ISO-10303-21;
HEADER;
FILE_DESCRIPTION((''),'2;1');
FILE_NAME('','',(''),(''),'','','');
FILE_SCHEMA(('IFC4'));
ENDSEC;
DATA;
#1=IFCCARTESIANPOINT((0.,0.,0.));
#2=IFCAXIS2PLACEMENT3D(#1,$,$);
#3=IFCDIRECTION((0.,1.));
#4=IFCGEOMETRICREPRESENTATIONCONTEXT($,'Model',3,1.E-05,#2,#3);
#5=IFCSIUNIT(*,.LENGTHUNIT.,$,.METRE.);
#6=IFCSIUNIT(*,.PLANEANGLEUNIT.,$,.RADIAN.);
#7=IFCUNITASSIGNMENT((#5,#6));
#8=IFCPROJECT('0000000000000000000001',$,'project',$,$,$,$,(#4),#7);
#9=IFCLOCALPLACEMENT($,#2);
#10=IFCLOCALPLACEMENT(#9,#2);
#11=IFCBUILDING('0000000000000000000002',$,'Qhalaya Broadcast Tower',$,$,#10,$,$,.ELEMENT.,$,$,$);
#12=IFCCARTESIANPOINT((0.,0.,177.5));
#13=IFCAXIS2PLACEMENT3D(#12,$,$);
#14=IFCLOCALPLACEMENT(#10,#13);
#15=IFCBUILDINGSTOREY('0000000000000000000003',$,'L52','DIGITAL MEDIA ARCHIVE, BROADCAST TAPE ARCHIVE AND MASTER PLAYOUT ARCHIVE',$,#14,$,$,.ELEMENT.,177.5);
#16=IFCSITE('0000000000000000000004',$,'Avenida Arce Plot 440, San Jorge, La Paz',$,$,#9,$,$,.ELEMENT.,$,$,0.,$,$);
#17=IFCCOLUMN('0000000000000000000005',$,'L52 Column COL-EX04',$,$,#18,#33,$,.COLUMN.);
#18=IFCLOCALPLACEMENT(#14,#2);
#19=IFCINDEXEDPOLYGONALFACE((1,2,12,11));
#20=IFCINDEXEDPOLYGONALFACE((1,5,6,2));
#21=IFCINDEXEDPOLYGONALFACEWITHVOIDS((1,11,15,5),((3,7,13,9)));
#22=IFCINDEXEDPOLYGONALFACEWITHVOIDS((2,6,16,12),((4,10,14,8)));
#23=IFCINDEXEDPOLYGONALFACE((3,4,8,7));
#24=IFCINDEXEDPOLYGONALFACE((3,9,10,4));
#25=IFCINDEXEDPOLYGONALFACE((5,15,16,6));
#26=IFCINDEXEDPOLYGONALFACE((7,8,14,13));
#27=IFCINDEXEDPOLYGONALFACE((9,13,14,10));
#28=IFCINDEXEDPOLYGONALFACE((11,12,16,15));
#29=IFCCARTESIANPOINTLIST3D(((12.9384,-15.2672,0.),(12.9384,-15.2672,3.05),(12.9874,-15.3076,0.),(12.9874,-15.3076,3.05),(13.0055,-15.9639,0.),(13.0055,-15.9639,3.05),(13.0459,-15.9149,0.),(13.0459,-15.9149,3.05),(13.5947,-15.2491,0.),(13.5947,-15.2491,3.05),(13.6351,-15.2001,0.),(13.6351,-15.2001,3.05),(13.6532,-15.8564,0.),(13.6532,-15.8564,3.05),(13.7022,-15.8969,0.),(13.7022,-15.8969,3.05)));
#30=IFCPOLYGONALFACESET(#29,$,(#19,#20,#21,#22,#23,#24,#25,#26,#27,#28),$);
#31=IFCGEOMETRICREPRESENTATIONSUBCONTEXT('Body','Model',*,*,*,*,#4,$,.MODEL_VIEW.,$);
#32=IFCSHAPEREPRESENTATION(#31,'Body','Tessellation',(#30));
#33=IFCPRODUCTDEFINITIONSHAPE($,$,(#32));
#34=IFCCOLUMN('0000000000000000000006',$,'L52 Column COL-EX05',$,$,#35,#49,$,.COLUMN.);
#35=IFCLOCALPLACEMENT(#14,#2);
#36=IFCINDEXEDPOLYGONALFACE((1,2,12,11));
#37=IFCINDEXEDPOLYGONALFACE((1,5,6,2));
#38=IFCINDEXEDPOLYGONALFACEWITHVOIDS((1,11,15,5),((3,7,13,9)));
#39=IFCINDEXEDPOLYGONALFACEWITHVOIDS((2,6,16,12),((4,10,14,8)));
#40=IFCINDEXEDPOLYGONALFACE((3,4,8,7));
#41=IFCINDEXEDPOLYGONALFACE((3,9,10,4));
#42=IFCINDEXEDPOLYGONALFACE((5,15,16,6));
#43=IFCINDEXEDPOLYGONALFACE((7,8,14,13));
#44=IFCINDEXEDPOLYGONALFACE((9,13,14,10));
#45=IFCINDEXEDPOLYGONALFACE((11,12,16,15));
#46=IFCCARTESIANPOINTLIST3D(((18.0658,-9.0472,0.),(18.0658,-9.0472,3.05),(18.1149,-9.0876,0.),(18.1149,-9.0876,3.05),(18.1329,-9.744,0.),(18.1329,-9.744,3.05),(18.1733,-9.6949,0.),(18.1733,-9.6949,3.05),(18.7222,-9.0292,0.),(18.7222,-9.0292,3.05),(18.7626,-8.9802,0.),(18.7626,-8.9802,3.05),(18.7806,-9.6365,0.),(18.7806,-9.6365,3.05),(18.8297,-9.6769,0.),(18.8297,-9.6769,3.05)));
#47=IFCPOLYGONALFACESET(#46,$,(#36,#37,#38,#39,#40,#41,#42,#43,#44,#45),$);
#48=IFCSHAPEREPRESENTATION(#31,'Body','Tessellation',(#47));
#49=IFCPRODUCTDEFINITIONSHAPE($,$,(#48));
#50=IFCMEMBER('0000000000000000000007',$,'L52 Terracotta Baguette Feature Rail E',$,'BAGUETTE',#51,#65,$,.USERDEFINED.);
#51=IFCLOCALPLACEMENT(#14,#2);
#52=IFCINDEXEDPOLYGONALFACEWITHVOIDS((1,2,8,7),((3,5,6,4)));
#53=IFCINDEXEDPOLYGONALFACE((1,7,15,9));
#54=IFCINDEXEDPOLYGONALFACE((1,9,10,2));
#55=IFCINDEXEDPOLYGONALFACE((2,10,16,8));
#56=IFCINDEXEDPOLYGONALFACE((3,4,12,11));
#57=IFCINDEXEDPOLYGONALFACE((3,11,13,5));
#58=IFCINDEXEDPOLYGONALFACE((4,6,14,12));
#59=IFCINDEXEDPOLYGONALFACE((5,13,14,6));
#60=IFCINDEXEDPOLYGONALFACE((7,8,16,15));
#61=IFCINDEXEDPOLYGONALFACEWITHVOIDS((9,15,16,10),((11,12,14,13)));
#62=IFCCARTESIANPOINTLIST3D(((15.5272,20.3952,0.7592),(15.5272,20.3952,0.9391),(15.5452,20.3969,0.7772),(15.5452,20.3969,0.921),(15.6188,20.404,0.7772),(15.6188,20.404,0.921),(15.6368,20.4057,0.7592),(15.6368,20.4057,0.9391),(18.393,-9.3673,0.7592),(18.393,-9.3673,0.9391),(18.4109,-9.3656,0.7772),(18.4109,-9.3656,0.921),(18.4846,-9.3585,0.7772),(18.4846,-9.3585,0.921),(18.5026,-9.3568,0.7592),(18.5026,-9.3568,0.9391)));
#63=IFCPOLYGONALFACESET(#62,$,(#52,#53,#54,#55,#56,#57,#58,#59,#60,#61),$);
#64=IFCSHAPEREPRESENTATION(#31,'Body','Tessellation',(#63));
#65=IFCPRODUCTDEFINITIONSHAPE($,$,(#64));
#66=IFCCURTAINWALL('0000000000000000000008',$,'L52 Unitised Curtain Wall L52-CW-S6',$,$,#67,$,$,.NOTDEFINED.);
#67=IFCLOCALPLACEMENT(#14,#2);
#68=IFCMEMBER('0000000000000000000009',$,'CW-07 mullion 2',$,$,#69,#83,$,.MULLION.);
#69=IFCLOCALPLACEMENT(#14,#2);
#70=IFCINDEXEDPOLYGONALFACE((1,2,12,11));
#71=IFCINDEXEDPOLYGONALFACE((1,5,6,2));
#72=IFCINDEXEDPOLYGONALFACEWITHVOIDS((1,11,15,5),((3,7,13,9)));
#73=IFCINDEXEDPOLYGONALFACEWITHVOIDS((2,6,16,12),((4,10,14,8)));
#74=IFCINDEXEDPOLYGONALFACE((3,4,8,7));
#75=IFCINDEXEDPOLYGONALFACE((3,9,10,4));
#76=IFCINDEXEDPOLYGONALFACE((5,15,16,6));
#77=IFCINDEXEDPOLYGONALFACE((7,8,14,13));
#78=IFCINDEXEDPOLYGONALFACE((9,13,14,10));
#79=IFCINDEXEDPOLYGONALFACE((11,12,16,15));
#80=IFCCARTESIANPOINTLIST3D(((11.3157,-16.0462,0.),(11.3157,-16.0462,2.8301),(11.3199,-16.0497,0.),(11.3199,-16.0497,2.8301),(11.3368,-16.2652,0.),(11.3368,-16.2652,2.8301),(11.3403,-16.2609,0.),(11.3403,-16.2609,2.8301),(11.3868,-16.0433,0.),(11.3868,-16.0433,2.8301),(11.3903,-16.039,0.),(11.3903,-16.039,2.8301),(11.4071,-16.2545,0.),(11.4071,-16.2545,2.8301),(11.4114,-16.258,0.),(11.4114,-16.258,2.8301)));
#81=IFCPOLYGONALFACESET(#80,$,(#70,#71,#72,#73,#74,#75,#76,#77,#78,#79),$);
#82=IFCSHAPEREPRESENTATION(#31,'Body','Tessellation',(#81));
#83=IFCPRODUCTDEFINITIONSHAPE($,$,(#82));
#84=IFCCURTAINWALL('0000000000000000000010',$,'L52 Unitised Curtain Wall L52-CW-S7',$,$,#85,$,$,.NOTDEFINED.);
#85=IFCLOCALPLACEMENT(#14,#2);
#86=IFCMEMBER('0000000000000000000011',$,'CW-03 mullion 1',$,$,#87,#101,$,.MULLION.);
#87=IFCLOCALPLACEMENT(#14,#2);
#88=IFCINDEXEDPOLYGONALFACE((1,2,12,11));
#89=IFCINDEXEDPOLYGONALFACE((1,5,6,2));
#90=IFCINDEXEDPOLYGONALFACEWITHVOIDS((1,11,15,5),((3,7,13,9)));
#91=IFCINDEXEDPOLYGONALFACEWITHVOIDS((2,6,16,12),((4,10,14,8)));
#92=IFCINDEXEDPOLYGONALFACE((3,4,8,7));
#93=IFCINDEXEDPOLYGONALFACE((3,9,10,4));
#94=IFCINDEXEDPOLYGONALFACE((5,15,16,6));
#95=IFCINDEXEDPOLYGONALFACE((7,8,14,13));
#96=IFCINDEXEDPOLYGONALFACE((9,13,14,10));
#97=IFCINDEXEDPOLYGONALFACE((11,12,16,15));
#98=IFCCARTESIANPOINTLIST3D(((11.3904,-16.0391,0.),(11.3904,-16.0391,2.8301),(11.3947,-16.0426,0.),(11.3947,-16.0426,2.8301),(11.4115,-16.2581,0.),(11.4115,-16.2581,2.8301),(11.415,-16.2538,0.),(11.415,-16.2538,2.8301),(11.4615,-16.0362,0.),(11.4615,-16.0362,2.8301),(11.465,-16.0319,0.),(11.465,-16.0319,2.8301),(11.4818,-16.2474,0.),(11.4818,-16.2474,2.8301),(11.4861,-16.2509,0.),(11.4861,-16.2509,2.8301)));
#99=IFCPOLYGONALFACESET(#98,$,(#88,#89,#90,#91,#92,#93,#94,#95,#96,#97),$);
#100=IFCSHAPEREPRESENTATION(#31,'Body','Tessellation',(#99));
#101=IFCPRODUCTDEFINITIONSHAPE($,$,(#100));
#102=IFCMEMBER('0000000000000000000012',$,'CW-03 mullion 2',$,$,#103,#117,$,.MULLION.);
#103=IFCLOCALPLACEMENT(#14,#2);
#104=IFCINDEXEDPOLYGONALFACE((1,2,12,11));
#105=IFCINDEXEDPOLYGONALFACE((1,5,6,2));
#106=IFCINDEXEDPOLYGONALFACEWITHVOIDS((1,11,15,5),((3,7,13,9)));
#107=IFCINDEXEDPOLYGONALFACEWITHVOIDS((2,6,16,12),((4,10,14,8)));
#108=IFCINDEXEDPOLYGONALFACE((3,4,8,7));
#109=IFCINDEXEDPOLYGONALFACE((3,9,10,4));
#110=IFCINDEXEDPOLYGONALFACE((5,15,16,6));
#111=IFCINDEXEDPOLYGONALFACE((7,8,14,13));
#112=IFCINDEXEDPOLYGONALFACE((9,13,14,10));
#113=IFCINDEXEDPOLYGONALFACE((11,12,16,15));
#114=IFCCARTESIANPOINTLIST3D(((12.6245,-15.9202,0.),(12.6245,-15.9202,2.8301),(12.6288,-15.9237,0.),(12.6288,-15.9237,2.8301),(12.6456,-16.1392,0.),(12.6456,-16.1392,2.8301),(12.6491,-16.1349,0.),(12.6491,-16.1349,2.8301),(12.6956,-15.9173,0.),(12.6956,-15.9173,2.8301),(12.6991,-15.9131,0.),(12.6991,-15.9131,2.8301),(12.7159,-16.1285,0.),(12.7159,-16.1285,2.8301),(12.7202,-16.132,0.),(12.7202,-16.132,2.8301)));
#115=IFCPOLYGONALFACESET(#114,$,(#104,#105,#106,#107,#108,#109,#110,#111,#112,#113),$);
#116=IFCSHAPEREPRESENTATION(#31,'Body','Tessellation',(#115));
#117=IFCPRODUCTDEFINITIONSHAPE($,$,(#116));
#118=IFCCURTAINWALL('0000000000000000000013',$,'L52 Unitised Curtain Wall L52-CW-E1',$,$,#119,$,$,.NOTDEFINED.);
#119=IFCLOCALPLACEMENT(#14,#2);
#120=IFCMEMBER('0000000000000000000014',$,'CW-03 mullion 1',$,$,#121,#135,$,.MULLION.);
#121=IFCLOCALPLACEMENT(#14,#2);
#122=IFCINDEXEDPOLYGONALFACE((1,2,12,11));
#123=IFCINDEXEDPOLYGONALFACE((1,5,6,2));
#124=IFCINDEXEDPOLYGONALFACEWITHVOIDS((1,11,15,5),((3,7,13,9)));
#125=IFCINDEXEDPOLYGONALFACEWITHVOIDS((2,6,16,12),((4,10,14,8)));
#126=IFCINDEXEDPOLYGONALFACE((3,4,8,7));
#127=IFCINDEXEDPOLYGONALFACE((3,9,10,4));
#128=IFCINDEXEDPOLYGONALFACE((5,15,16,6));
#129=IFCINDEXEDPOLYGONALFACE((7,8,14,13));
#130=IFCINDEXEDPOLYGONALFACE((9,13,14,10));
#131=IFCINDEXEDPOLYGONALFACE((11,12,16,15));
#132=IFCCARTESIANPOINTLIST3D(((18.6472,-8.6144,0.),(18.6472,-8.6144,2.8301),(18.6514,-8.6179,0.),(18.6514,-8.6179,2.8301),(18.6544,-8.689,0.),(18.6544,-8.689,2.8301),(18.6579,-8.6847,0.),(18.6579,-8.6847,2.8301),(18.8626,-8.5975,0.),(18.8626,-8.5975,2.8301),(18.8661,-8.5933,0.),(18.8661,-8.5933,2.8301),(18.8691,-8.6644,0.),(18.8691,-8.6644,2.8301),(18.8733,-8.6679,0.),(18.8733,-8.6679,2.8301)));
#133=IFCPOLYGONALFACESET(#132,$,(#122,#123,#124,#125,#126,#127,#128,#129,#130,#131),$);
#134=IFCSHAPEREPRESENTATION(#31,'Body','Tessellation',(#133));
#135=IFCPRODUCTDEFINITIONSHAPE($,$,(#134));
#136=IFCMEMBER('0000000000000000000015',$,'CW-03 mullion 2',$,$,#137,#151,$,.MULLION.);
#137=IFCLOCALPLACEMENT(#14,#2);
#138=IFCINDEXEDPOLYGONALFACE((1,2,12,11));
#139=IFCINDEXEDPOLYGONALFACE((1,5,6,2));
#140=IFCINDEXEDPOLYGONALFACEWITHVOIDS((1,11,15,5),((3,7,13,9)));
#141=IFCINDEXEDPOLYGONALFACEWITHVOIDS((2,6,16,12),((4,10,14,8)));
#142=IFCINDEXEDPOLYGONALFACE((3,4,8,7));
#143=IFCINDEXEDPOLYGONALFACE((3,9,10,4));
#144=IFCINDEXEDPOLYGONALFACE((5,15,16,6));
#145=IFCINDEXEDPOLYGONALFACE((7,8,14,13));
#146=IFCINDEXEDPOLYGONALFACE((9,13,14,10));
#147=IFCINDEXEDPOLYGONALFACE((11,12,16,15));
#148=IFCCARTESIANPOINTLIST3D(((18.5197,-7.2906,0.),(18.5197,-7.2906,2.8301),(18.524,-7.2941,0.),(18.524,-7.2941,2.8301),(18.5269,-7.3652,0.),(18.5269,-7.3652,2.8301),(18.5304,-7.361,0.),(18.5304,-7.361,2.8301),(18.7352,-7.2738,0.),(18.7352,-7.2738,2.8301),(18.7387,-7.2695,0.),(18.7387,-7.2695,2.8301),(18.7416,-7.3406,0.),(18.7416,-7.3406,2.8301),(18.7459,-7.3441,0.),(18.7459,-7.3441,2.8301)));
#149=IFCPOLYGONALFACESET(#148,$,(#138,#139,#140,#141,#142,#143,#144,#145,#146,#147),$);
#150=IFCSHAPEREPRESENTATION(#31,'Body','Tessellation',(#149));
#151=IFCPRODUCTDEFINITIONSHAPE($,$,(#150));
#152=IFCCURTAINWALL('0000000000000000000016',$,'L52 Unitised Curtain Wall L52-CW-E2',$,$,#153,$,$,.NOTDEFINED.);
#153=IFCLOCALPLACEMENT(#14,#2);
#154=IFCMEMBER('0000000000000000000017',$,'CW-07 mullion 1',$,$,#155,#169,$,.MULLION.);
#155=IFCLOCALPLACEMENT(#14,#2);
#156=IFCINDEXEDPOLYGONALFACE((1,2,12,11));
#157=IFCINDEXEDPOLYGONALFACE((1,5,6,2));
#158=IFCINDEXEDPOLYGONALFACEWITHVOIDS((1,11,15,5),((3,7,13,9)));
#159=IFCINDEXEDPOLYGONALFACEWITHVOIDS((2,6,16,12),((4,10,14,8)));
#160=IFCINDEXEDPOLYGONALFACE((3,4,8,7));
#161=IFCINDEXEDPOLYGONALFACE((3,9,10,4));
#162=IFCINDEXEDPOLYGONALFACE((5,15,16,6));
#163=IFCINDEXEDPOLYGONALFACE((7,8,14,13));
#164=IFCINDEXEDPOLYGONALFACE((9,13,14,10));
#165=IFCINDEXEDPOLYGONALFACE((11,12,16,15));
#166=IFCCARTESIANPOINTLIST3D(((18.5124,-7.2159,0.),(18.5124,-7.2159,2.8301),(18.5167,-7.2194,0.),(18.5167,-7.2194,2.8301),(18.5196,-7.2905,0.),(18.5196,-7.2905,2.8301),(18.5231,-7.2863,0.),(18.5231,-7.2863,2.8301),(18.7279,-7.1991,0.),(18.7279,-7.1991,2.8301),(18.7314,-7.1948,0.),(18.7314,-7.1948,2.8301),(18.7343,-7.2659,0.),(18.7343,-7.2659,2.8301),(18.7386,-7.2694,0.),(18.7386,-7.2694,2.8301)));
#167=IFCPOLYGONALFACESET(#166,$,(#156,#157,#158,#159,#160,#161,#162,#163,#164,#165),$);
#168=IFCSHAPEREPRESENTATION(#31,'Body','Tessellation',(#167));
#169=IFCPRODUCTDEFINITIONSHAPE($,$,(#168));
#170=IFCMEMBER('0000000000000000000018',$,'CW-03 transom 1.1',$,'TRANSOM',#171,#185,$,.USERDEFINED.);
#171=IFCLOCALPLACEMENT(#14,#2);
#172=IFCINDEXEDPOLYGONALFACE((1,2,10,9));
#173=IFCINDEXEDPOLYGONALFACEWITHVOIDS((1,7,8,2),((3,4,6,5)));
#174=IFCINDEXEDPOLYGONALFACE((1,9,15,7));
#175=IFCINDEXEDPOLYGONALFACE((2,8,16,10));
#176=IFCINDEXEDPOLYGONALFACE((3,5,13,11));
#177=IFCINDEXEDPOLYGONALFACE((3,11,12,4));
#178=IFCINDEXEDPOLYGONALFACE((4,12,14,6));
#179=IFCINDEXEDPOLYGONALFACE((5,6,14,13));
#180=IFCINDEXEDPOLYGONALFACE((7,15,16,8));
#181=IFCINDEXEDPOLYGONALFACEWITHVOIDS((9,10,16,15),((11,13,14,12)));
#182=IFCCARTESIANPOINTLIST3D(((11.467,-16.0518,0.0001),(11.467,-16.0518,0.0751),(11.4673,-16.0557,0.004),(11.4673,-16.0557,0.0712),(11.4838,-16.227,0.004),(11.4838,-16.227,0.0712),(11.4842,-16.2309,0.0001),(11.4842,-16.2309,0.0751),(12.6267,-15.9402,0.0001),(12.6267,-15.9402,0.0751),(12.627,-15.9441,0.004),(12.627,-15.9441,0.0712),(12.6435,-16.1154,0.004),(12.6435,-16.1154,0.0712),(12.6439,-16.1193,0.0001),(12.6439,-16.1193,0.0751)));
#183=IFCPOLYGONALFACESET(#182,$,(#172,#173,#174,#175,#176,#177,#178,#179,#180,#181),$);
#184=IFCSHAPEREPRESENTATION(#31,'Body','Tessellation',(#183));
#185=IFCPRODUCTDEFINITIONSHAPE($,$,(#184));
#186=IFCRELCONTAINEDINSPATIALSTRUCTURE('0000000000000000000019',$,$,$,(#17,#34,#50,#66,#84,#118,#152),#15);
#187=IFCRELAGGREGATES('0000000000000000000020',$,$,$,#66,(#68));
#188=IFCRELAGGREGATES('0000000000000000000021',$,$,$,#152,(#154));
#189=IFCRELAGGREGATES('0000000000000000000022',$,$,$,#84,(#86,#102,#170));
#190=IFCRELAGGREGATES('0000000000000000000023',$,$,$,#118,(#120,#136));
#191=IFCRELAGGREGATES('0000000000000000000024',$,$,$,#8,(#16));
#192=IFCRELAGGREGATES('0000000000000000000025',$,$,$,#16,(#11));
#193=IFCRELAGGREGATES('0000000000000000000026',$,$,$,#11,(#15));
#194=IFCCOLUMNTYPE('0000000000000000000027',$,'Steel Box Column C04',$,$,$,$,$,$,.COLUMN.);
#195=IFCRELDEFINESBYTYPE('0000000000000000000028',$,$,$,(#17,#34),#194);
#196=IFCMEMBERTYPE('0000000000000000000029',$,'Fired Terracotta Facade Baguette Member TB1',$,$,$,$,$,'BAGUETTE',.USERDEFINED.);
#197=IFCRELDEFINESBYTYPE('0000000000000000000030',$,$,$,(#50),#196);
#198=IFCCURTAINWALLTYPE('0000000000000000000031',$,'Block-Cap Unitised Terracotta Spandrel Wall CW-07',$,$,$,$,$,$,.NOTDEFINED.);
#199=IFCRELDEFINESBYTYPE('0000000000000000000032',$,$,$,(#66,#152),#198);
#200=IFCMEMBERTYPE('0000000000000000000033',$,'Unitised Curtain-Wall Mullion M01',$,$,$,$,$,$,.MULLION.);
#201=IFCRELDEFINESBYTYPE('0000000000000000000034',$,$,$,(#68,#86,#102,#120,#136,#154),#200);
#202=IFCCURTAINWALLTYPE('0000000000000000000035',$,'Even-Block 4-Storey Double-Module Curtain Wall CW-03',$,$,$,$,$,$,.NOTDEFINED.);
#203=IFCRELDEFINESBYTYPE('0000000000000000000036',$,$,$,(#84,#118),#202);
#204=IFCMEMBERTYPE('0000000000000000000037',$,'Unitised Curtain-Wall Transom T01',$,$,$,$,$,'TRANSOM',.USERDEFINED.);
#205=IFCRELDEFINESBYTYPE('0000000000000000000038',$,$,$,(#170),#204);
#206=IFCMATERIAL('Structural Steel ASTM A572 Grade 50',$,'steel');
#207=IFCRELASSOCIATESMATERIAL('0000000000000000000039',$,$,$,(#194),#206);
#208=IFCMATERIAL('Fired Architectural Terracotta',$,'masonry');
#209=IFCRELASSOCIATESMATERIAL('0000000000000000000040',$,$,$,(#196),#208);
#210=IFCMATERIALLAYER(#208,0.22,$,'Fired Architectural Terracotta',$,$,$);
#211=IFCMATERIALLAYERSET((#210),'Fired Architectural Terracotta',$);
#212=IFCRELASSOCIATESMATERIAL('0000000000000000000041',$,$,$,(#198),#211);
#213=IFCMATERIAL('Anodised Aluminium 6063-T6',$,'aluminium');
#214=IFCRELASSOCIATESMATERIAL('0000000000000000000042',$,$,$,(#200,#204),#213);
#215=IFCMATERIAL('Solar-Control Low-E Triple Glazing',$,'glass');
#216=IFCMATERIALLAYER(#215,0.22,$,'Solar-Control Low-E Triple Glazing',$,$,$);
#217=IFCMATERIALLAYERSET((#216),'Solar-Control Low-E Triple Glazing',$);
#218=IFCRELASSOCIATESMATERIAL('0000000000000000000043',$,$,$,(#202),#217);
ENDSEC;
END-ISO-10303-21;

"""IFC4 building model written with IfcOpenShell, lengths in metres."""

from ifc_helpers import new_model, si_unit, direction, frame, origin, origin_2d, place, context, subcontext, project, spatial, hollow_rectangle, extrude, material, layer, layer_set, material_profile, profile_set, type_object, element, aggregate, save


model = new_model("IFC4")

# Units and contexts
model_context = context("Model", 3, precision=1e-05, world=origin(), true_north=direction((0.0, 1.0)))
body_context = subcontext(model_context, "Body", "Model", "MODEL_VIEW")
ifc_project = project(units=[si_unit("LENGTHUNIT", "METRE"), si_unit("PLANEANGLEUNIT", "RADIAN")], contexts=[model_context])

# Site, building, storey
site_placement = place(None, origin())
site = spatial("IfcSite", under=ifc_project, at=site_placement, Name="Avenida Arce Plot 440, San Jorge, La Paz", CompositionType="ELEMENT", RefElevation=0.0)
building_placement = place(site_placement, origin())
building = spatial("IfcBuilding", under=site, at=building_placement, Name="Qhalaya Broadcast Tower", CompositionType="ELEMENT")
storey_placement = place(building_placement, frame((0.0, 0.0, 177.5)))
storey = spatial("IfcBuildingStorey", under=building, at=storey_placement, Name="L52", Description="DIGITAL MEDIA ARCHIVE, BROADCAST TAPE ARCHIVE AND MASTER PLAYOUT ARCHIVE", CompositionType="ELEMENT", Elevation=177.5)

# Columns
ifc_material_1 = material(Name="Structural Steel ASTM A572 Grade 50", Category="steel")
ifc_material_profile_1 = material_profile(ifc_material_1, hollow_rectangle(XDim=0.7, YDim=0.7, WallThickness=0.0449, at=origin_2d()), Name="BOX 700x700x45")
ifc_profile_set_1 = profile_set([ifc_material_profile_1], Name="Structural Steel ASTM A572 Grade 50")
column_type = type_object("IfcColumnType", Name="Steel Box Column C04", PredefinedType="COLUMN", material=ifc_profile_set_1)
for number, where, z_axis, x_axis, name in (
    (1, (13.3203, -15.582, 0.0), (0.0, 0.0, 1.0), (0.995396, 0.095846, 0.0), "L52 Column COL-EX04"),
    (2, (18.4478, -9.3621, 0.0), (0.0, 0.0, 1.0), (-0.095846, 0.995396, 0.0), "L52 Column COL-EX05"),
):
    element("IfcColumn", number, at=place(storey_placement, frame(where, z_axis=z_axis, x_axis=x_axis)), inside=storey, type_object=column_type, Name=name, PredefinedType="COLUMN", context=body_context, shape_type="SweptSolid", body=[
        extrude(hollow_rectangle(XDim=0.7, YDim=0.7, WallThickness=0.0449, at=origin_2d()), origin(), (0.0, 0.0, 1.0), 3.05),
    ])

# Member
ifc_material_2 = material(Name="Fired Architectural Terracotta", Category="masonry")
ifc_material_profile_2 = material_profile(ifc_material_2, hollow_rectangle(XDim=0.1101, YDim=0.1799, WallThickness=0.0181, at=origin_2d()), Name="TB-BAG 110x180x18")
ifc_profile_set_2 = profile_set([ifc_material_profile_2], Name="Fired Architectural Terracotta")
member_type_1 = type_object("IfcMemberType", Name="Fired Terracotta Facade Baguette Member TB1", ElementType="BAGUETTE", PredefinedType="USERDEFINED", material=ifc_profile_set_2)
member_1_placement = place(storey_placement, frame((18.4478, -9.3621, 0.8491), z_axis=(-0.095843, 0.995396, 0.0), x_axis=(-0.995396, -0.095843, 0.0)))
element("IfcMember", 3, at=member_1_placement, inside=storey, type_object=member_type_1, Name="L52 Terracotta Baguette Feature Rail E", ObjectType="BAGUETTE", PredefinedType="USERDEFINED", context=body_context, shape_type="SweptSolid", body=[
    extrude(hollow_rectangle(XDim=0.1101, YDim=0.1799, WallThickness=0.0181, at=origin_2d()), origin(), (0.0, 0.0, 1.0), 29.9001),
])

# Curtain wall, member
ifc_layer_1 = layer(ifc_material_2, 0.22, Name="Fired Architectural Terracotta")
ifc_layer_set_1 = layer_set([ifc_layer_1], Name="Fired Architectural Terracotta")
curtain_wall_type_1 = type_object("IfcCurtainWallType", Name="Block-Cap Unitised Terracotta Spandrel Wall CW-07", PredefinedType="NOTDEFINED", material=ifc_layer_set_1)
curtain_wall_1_placement = place(storey_placement, origin())
curtain_wall_1 = element("IfcCurtainWall", 4, at=curtain_wall_1_placement, inside=storey, type_object=curtain_wall_type_1, Name="L52 Unitised Curtain Wall L52-CW-S6", PredefinedType="NOTDEFINED")
ifc_material_3 = material(Name="Anodised Aluminium 6063-T6", Category="aluminium")
ifc_material_profile_3 = material_profile(ifc_material_3, hollow_rectangle(XDim=0.075, YDim=0.22, WallThickness=0.0039, at=origin_2d()), Name="ALU-MUL 75x220x4")
ifc_profile_set_3 = profile_set([ifc_material_profile_3], Name="Anodised Aluminium 6063-T6")
member_type_2 = type_object("IfcMemberType", Name="Unitised Curtain-Wall Mullion M01", PredefinedType="MULLION", material=ifc_profile_set_3)
member_2_placement = place(storey_placement, frame((11.3635, -16.1521, 0.0), z_axis=(0.0, 0.0, 1.0), x_axis=(0.995395, 0.095855, 0.0)))
member_2 = element("IfcMember", 5, at=member_2_placement, type_object=member_type_2, Name="CW-07 mullion 2", PredefinedType="MULLION", context=body_context, shape_type="SweptSolid", body=[
    extrude(hollow_rectangle(XDim=0.075, YDim=0.22, WallThickness=0.0039, at=origin_2d()), origin(), (0.0, 0.0, 1.0), 2.8301),
])
aggregate(curtain_wall_1, [member_2])

# Curtain walls, members
ifc_material_4 = material(Name="Solar-Control Low-E Triple Glazing", Category="glass")
ifc_layer_2 = layer(ifc_material_4, 0.22, Name="Solar-Control Low-E Triple Glazing")
ifc_layer_set_2 = layer_set([ifc_layer_2], Name="Solar-Control Low-E Triple Glazing")
curtain_wall_type_2 = type_object("IfcCurtainWallType", Name="Even-Block 4-Storey Double-Module Curtain Wall CW-03", PredefinedType="NOTDEFINED", material=ifc_layer_set_2)
curtain_wall_2_placement = place(storey_placement, origin())
curtain_wall_2 = element("IfcCurtainWall", 6, at=curtain_wall_2_placement, inside=storey, type_object=curtain_wall_type_2, Name="L52 Unitised Curtain Wall L52-CW-S7", PredefinedType="NOTDEFINED")
member_3_placement = place(storey_placement, frame((11.4382, -16.145, 0.0), z_axis=(0.0, 0.0, 1.0), x_axis=(0.995399, 0.095821, 0.0)))
member_3 = element("IfcMember", 7, at=member_3_placement, type_object=member_type_2, Name="CW-03 mullion 1", PredefinedType="MULLION", context=body_context, shape_type="SweptSolid", body=[
    extrude(hollow_rectangle(XDim=0.075, YDim=0.22, WallThickness=0.0039, at=origin_2d()), origin(), (0.0, 0.0, 1.0), 2.8301),
])
member_4_placement = place(storey_placement, frame((12.6724, -16.0261, 0.0), z_axis=(0.0, 0.0, 1.0), x_axis=(0.995399, 0.095821, 0.0)))
member_4 = element("IfcMember", 8, at=member_4_placement, type_object=member_type_2, Name="CW-03 mullion 2", PredefinedType="MULLION", context=body_context, shape_type="SweptSolid", body=[
    extrude(hollow_rectangle(XDim=0.075, YDim=0.22, WallThickness=0.0039, at=origin_2d()), origin(), (0.0, 0.0, 1.0), 2.8301),
])
curtain_wall_3_placement = place(storey_placement, origin())
curtain_wall_3 = element("IfcCurtainWall", 9, at=curtain_wall_3_placement, inside=storey, type_object=curtain_wall_type_2, Name="L52 Unitised Curtain Wall L52-CW-E1", PredefinedType="NOTDEFINED")
member_5_placement = place(storey_placement, frame((18.7603, -8.6411, 0.0), z_axis=(0.0, 0.0, 1.0), x_axis=(-0.095874, 0.995393, 0.0)))
member_5 = element("IfcMember", 10, at=member_5_placement, type_object=member_type_2, Name="CW-03 mullion 1", PredefinedType="MULLION", context=body_context, shape_type="SweptSolid", body=[
    extrude(hollow_rectangle(XDim=0.075, YDim=0.22, WallThickness=0.0039, at=origin_2d()), origin(), (0.0, 0.0, 1.0), 2.8301),
])
member_6_placement = place(storey_placement, frame((18.6328, -7.3174, 0.0), z_axis=(0.0, 0.0, 1.0), x_axis=(-0.095874, 0.995393, 0.0)))
member_6 = element("IfcMember", 11, at=member_6_placement, type_object=member_type_2, Name="CW-03 mullion 2", PredefinedType="MULLION", context=body_context, shape_type="SweptSolid", body=[
    extrude(hollow_rectangle(XDim=0.075, YDim=0.22, WallThickness=0.0039, at=origin_2d()), origin(), (0.0, 0.0, 1.0), 2.8301),
])

# Curtain wall, member
curtain_wall_4_placement = place(storey_placement, origin())
curtain_wall_4 = element("IfcCurtainWall", 12, at=curtain_wall_4_placement, inside=storey, type_object=curtain_wall_type_1, Name="L52 Unitised Curtain Wall L52-CW-E2", PredefinedType="NOTDEFINED")
member_7_placement = place(storey_placement, frame((18.6255, -7.2427, 0.0), z_axis=(0.0, 0.0, 1.0), x_axis=(-0.095845, 0.995396, 0.0)))
member_7 = element("IfcMember", 13, at=member_7_placement, type_object=member_type_2, Name="CW-07 mullion 1", PredefinedType="MULLION", context=body_context, shape_type="SweptSolid", body=[
    extrude(hollow_rectangle(XDim=0.075, YDim=0.22, WallThickness=0.0039, at=origin_2d()), origin(), (0.0, 0.0, 1.0), 2.8301),
])
aggregate(curtain_wall_4, [member_7])

# Member
ifc_material_profile_4 = material_profile(ifc_material_3, hollow_rectangle(XDim=0.075, YDim=0.1799, WallThickness=0.0039, at=origin_2d()), Name="ALU-TRN 75x180x4")
ifc_profile_set_4 = profile_set([ifc_material_profile_4], Name="Anodised Aluminium 6063-T6")
member_type_3 = type_object("IfcMemberType", Name="Unitised Curtain-Wall Transom T01", ElementType="TRANSOM", PredefinedType="USERDEFINED", material=ifc_profile_set_4)
member_8_placement = place(storey_placement, frame((11.4756, -16.1414, 0.0376), z_axis=(0.995404, 0.095768, 0.0), x_axis=(0.0, 0.0, 1.0)))
member_8 = element("IfcMember", 14, at=member_8_placement, type_object=member_type_3, Name="CW-03 transom 1.1", ObjectType="TRANSOM", PredefinedType="USERDEFINED", context=body_context, shape_type="SweptSolid", body=[
    extrude(hollow_rectangle(XDim=0.075, YDim=0.1799, WallThickness=0.0039, at=origin_2d()), origin(), (0.0, 0.0, 1.0), 1.165),
])

aggregate(curtain_wall_2, [member_3, member_4, member_8])
aggregate(curtain_wall_3, [member_5, member_6])

save(model, "model.ifc")
